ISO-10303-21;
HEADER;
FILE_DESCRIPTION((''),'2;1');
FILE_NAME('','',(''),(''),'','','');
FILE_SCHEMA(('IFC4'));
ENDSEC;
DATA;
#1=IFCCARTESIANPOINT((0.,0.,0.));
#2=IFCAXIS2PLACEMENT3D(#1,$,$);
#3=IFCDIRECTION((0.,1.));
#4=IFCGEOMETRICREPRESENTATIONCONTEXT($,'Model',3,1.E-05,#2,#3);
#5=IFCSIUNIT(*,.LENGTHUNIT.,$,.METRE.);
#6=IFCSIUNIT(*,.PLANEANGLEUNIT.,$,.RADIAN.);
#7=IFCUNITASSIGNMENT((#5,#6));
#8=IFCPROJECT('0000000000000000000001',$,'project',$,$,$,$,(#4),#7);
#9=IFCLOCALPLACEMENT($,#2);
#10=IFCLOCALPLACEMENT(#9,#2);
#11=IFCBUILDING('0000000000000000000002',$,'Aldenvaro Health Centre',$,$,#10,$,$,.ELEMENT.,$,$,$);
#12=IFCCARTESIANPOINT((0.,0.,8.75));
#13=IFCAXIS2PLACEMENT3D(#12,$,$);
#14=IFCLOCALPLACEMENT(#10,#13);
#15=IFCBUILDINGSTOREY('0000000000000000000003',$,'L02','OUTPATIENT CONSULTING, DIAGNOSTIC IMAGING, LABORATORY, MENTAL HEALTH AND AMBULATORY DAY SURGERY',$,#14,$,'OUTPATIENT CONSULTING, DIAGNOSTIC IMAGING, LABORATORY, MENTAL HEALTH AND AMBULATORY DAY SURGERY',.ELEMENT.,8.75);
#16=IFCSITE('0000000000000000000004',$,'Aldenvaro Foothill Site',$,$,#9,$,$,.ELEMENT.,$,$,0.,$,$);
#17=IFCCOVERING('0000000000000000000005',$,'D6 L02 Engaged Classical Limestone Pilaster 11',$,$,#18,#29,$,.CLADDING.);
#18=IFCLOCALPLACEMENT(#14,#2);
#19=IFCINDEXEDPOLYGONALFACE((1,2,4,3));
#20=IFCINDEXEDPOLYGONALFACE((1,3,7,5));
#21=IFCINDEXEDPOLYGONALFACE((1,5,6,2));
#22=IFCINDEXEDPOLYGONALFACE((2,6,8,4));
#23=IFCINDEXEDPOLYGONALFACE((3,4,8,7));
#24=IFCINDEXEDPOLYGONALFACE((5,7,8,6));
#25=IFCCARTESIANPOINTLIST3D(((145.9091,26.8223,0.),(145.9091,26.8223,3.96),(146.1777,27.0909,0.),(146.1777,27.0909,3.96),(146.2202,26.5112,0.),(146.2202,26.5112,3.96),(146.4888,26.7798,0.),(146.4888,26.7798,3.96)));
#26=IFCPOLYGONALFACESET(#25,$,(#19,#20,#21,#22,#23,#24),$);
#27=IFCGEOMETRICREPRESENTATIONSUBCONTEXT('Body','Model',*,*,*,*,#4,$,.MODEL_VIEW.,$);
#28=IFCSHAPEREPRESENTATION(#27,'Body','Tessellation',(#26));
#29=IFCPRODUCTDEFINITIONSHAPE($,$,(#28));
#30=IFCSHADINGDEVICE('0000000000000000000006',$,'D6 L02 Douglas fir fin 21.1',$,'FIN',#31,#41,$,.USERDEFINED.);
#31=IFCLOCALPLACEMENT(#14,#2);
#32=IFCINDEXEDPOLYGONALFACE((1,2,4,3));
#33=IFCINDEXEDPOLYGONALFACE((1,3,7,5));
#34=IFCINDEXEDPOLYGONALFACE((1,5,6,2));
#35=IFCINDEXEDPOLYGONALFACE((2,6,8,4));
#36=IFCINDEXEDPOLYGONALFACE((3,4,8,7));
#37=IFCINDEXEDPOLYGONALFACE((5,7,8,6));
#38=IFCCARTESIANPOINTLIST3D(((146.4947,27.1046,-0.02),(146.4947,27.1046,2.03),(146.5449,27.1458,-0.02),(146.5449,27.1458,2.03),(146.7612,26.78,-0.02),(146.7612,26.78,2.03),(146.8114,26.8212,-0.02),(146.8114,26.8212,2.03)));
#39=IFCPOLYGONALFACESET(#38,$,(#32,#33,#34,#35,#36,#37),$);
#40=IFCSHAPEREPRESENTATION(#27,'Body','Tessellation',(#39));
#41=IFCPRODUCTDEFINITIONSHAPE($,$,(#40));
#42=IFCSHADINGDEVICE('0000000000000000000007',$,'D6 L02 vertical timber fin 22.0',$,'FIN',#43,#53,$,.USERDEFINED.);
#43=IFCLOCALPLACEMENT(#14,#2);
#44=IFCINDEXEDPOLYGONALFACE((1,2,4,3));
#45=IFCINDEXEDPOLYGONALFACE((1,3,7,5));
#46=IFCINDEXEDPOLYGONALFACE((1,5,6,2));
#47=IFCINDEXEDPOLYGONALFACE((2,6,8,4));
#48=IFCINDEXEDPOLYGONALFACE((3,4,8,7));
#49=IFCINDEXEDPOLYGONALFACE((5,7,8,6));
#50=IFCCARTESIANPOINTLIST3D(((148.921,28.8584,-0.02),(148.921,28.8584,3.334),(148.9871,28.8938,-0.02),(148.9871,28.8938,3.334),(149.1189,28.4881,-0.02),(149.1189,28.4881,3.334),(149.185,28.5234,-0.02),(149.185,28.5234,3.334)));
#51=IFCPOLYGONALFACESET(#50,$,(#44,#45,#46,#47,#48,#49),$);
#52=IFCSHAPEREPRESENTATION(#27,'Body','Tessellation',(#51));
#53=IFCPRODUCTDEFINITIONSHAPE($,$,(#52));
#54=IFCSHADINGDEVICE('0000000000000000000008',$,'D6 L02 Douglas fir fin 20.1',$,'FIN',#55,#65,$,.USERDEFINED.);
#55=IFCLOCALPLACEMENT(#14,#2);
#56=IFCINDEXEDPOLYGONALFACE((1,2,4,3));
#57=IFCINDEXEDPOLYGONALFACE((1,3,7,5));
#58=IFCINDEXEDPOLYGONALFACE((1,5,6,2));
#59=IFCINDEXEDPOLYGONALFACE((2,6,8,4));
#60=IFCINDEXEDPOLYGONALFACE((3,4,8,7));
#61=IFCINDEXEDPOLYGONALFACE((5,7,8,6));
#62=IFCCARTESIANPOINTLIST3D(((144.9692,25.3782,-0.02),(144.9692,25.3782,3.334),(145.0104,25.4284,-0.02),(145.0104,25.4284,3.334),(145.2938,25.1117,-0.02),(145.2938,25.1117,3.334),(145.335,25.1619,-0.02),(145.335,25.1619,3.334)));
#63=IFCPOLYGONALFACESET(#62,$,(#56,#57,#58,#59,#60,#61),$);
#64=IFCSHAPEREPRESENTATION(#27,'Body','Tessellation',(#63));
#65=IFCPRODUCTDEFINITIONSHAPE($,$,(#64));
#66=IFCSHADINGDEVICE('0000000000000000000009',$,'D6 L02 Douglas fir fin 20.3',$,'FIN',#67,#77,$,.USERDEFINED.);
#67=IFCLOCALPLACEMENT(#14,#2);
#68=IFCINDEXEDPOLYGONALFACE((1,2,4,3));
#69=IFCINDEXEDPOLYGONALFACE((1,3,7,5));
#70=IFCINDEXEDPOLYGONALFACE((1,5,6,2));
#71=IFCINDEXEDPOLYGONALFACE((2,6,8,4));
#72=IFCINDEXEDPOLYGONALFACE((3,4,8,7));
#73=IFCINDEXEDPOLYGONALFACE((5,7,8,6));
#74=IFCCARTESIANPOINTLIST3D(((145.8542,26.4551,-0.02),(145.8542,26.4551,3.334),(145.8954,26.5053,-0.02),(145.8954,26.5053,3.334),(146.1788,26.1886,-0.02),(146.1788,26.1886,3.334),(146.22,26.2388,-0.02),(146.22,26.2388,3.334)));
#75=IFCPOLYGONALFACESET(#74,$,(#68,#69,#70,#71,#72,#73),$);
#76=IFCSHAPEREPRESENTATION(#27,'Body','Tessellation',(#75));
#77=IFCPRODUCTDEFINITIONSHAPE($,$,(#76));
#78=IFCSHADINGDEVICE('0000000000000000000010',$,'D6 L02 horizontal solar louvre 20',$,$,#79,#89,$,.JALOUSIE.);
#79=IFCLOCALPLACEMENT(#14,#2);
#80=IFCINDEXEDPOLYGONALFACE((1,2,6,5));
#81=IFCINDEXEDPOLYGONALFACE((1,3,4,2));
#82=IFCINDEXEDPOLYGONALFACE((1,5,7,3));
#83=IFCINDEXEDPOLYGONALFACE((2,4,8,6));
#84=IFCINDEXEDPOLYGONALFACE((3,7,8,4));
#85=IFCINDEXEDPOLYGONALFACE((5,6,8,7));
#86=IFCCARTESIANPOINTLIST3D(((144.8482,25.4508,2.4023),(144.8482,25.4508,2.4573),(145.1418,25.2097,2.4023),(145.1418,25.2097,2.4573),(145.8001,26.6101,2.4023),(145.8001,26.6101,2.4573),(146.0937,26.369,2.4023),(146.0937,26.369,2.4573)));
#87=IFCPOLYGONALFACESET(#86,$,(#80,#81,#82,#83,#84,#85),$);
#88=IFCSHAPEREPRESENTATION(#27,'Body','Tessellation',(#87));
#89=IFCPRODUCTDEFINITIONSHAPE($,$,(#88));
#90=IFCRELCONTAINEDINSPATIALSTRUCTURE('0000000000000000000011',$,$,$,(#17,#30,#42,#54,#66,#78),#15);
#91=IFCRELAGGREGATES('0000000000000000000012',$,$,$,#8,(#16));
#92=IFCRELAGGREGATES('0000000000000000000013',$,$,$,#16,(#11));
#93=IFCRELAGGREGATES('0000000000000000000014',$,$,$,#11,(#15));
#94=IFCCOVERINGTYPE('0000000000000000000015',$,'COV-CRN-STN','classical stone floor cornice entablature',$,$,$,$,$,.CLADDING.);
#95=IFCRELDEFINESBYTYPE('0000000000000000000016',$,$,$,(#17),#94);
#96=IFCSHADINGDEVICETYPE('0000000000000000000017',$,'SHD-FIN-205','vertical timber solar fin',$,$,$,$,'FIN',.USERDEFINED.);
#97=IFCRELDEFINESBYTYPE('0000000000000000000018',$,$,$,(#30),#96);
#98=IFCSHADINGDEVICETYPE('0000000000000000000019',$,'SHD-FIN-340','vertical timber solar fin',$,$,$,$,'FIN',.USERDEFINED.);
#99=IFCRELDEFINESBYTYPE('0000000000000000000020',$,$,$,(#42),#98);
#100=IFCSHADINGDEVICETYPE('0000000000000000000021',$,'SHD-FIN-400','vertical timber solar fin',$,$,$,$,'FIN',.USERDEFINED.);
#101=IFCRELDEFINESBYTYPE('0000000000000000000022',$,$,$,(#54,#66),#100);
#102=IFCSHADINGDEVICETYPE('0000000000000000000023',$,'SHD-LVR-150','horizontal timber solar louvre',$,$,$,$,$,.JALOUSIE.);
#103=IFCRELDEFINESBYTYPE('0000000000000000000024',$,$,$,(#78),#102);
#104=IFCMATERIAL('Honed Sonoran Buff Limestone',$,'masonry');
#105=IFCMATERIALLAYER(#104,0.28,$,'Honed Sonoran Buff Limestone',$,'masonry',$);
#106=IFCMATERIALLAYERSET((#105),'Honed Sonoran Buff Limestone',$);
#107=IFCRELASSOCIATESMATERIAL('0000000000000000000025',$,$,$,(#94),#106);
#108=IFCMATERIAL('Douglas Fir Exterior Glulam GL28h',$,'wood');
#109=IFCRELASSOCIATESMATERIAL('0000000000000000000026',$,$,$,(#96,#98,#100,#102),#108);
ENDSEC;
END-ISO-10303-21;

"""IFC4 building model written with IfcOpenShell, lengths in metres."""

from ifc_helpers import new_model, si_unit, direction, frame, origin, origin_2d, place, context, subcontext, project, spatial, rectangle, extrude, material, layer, layer_set, type_object, element, save


model = new_model("IFC4")

# Units and contexts
model_context = context("Model", 3, precision=1e-05, world=origin(), true_north=direction((0.0, 1.0)))
body_context = subcontext(model_context, "Body", "Model", "MODEL_VIEW")
ifc_project = project(units=[si_unit("LENGTHUNIT", "METRE"), si_unit("PLANEANGLEUNIT", "RADIAN")], contexts=[model_context])

# Site, building, storey
site_placement = place(None, origin())
site = spatial("IfcSite", under=ifc_project, at=site_placement, Name="Aldenvaro Foothill Site", CompositionType="ELEMENT", RefElevation=0.0)
building_placement = place(site_placement, origin())
building = spatial("IfcBuilding", under=site, at=building_placement, Name="Aldenvaro Health Centre", CompositionType="ELEMENT")
storey_placement = place(building_placement, frame((0.0, 0.0, 8.75)))
storey = spatial("IfcBuildingStorey", under=building, at=storey_placement, Name="L02", Description="OUTPATIENT CONSULTING, DIAGNOSTIC IMAGING, LABORATORY, MENTAL HEALTH AND AMBULATORY DAY SURGERY", LongName="OUTPATIENT CONSULTING, DIAGNOSTIC IMAGING, LABORATORY, MENTAL HEALTH AND AMBULATORY DAY SURGERY", CompositionType="ELEMENT", Elevation=8.75)

# Covering
ifc_material_1 = material(Name="Honed Sonoran Buff Limestone", Category="masonry")
ifc_layer_1 = layer(ifc_material_1, 0.28, Name="Honed Sonoran Buff Limestone", Category="masonry")
ifc_layer_set_1 = layer_set([ifc_layer_1], Name="Honed Sonoran Buff Limestone")
covering_type = type_object("IfcCoveringType", Name="COV-CRN-STN", Description="classical stone floor cornice entablature", PredefinedType="CLADDING", material=ifc_layer_set_1)
covering_placement = place(storey_placement, frame((146.199, 26.801, 0.0), z_axis=(0.0, 0.0, 1.0), x_axis=(-0.707107, 0.707107, 0.0)))
element("IfcCovering", 1, at=covering_placement, inside=storey, type_object=covering_type, Name="D6 L02 Engaged Classical Limestone Pilaster 11", PredefinedType="CLADDING", context=body_context, shape_type="SweptSolid", body=[
    extrude(rectangle(XDim=0.4399, YDim=0.3799, at=origin_2d()), origin(), (0.0, 0.0, 1.0), 3.96),
])

# Shading devices
ifc_material_2 = material(Name="Douglas Fir Exterior Glulam GL28h", Category="wood")
shading_device_type_1 = type_object("IfcShadingDeviceType", Name="SHD-FIN-205", Description="vertical timber solar fin", ElementType="FIN", PredefinedType="USERDEFINED", material=ifc_material_2)
shading_device_1_placement = place(storey_placement, frame((146.6531, 26.9629, -0.02), z_axis=(0.0, 0.0, 1.0), x_axis=(0.77286, 0.634577, 0.0)))
element("IfcShadingDevice", 2, at=shading_device_1_placement, inside=storey, type_object=shading_device_type_1, Name="D6 L02 Douglas fir fin 21.1", ObjectType="FIN", PredefinedType="USERDEFINED", context=body_context, shape_type="SweptSolid", body=[
    extrude(rectangle(XDim=0.0649, YDim=0.4199, at=origin_2d()), origin(), (0.0, 0.0, 1.0), 2.05),
])
shading_device_type_2 = type_object("IfcShadingDeviceType", Name="SHD-FIN-340", Description="vertical timber solar fin", ElementType="FIN", PredefinedType="USERDEFINED", material=ifc_material_2)
shading_device_2_placement = place(storey_placement, frame((149.053, 28.6909, -0.02), z_axis=(0.0, 0.0, 1.0), x_axis=(0.882018, 0.471215, 0.0)))
element("IfcShadingDevice", 3, at=shading_device_2_placement, inside=storey, type_object=shading_device_type_2, Name="D6 L02 vertical timber fin 22.0", ObjectType="FIN", PredefinedType="USERDEFINED", context=body_context, shape_type="SweptSolid", body=[
    extrude(rectangle(XDim=0.075, YDim=0.4199, at=origin_2d()), origin(), (0.0, 0.0, 1.0), 3.354),
])
shading_device_type_3 = type_object("IfcShadingDeviceType", Name="SHD-FIN-400", Description="vertical timber solar fin", ElementType="FIN", PredefinedType="USERDEFINED", material=ifc_material_2)
for number, where, z_axis, x_axis, name in (
    (4, (145.1521, 25.27, -0.02), (0.0, 0.0, 1.0), (0.634577, 0.77286, 0.0), "D6 L02 Douglas fir fin 20.1"),
    (5, (146.0371, 26.3469, -0.02), (0.0, 0.0, 1.0), (0.634577, 0.77286, 0.0), "D6 L02 Douglas fir fin 20.3"),
):
    element("IfcShadingDevice", number, at=place(storey_placement, frame(where, z_axis=z_axis, x_axis=x_axis)), inside=storey, type_object=shading_device_type_3, Name=name, ObjectType="FIN", PredefinedType="USERDEFINED", context=body_context, shape_type="SweptSolid", body=[
        extrude(rectangle(XDim=0.0649, YDim=0.4199, at=origin_2d()), origin(), (0.0, 0.0, 1.0), 3.354),
    ])
shading_device_type_4 = type_object("IfcShadingDeviceType", Name="SHD-LVR-150", Description="horizontal timber solar louvre", PredefinedType="JALOUSIE", material=ifc_material_2)
shading_device_3_placement = place(storey_placement, frame((145.4709, 25.9099, 2.4023), z_axis=(0.0, 0.0, 1.0), x_axis=(0.634577, 0.77286, 0.0)))
element("IfcShadingDevice", 6, at=shading_device_3_placement, inside=storey, type_object=shading_device_type_4, Name="D6 L02 horizontal solar louvre 20", PredefinedType="JALOUSIE", context=body_context, shape_type="SweptSolid", body=[
    extrude(rectangle(XDim=1.5, YDim=0.3799, at=origin_2d()), origin(), (0.0, 0.0, 1.0), 0.0549),
])

save(model, "model.ifc")
